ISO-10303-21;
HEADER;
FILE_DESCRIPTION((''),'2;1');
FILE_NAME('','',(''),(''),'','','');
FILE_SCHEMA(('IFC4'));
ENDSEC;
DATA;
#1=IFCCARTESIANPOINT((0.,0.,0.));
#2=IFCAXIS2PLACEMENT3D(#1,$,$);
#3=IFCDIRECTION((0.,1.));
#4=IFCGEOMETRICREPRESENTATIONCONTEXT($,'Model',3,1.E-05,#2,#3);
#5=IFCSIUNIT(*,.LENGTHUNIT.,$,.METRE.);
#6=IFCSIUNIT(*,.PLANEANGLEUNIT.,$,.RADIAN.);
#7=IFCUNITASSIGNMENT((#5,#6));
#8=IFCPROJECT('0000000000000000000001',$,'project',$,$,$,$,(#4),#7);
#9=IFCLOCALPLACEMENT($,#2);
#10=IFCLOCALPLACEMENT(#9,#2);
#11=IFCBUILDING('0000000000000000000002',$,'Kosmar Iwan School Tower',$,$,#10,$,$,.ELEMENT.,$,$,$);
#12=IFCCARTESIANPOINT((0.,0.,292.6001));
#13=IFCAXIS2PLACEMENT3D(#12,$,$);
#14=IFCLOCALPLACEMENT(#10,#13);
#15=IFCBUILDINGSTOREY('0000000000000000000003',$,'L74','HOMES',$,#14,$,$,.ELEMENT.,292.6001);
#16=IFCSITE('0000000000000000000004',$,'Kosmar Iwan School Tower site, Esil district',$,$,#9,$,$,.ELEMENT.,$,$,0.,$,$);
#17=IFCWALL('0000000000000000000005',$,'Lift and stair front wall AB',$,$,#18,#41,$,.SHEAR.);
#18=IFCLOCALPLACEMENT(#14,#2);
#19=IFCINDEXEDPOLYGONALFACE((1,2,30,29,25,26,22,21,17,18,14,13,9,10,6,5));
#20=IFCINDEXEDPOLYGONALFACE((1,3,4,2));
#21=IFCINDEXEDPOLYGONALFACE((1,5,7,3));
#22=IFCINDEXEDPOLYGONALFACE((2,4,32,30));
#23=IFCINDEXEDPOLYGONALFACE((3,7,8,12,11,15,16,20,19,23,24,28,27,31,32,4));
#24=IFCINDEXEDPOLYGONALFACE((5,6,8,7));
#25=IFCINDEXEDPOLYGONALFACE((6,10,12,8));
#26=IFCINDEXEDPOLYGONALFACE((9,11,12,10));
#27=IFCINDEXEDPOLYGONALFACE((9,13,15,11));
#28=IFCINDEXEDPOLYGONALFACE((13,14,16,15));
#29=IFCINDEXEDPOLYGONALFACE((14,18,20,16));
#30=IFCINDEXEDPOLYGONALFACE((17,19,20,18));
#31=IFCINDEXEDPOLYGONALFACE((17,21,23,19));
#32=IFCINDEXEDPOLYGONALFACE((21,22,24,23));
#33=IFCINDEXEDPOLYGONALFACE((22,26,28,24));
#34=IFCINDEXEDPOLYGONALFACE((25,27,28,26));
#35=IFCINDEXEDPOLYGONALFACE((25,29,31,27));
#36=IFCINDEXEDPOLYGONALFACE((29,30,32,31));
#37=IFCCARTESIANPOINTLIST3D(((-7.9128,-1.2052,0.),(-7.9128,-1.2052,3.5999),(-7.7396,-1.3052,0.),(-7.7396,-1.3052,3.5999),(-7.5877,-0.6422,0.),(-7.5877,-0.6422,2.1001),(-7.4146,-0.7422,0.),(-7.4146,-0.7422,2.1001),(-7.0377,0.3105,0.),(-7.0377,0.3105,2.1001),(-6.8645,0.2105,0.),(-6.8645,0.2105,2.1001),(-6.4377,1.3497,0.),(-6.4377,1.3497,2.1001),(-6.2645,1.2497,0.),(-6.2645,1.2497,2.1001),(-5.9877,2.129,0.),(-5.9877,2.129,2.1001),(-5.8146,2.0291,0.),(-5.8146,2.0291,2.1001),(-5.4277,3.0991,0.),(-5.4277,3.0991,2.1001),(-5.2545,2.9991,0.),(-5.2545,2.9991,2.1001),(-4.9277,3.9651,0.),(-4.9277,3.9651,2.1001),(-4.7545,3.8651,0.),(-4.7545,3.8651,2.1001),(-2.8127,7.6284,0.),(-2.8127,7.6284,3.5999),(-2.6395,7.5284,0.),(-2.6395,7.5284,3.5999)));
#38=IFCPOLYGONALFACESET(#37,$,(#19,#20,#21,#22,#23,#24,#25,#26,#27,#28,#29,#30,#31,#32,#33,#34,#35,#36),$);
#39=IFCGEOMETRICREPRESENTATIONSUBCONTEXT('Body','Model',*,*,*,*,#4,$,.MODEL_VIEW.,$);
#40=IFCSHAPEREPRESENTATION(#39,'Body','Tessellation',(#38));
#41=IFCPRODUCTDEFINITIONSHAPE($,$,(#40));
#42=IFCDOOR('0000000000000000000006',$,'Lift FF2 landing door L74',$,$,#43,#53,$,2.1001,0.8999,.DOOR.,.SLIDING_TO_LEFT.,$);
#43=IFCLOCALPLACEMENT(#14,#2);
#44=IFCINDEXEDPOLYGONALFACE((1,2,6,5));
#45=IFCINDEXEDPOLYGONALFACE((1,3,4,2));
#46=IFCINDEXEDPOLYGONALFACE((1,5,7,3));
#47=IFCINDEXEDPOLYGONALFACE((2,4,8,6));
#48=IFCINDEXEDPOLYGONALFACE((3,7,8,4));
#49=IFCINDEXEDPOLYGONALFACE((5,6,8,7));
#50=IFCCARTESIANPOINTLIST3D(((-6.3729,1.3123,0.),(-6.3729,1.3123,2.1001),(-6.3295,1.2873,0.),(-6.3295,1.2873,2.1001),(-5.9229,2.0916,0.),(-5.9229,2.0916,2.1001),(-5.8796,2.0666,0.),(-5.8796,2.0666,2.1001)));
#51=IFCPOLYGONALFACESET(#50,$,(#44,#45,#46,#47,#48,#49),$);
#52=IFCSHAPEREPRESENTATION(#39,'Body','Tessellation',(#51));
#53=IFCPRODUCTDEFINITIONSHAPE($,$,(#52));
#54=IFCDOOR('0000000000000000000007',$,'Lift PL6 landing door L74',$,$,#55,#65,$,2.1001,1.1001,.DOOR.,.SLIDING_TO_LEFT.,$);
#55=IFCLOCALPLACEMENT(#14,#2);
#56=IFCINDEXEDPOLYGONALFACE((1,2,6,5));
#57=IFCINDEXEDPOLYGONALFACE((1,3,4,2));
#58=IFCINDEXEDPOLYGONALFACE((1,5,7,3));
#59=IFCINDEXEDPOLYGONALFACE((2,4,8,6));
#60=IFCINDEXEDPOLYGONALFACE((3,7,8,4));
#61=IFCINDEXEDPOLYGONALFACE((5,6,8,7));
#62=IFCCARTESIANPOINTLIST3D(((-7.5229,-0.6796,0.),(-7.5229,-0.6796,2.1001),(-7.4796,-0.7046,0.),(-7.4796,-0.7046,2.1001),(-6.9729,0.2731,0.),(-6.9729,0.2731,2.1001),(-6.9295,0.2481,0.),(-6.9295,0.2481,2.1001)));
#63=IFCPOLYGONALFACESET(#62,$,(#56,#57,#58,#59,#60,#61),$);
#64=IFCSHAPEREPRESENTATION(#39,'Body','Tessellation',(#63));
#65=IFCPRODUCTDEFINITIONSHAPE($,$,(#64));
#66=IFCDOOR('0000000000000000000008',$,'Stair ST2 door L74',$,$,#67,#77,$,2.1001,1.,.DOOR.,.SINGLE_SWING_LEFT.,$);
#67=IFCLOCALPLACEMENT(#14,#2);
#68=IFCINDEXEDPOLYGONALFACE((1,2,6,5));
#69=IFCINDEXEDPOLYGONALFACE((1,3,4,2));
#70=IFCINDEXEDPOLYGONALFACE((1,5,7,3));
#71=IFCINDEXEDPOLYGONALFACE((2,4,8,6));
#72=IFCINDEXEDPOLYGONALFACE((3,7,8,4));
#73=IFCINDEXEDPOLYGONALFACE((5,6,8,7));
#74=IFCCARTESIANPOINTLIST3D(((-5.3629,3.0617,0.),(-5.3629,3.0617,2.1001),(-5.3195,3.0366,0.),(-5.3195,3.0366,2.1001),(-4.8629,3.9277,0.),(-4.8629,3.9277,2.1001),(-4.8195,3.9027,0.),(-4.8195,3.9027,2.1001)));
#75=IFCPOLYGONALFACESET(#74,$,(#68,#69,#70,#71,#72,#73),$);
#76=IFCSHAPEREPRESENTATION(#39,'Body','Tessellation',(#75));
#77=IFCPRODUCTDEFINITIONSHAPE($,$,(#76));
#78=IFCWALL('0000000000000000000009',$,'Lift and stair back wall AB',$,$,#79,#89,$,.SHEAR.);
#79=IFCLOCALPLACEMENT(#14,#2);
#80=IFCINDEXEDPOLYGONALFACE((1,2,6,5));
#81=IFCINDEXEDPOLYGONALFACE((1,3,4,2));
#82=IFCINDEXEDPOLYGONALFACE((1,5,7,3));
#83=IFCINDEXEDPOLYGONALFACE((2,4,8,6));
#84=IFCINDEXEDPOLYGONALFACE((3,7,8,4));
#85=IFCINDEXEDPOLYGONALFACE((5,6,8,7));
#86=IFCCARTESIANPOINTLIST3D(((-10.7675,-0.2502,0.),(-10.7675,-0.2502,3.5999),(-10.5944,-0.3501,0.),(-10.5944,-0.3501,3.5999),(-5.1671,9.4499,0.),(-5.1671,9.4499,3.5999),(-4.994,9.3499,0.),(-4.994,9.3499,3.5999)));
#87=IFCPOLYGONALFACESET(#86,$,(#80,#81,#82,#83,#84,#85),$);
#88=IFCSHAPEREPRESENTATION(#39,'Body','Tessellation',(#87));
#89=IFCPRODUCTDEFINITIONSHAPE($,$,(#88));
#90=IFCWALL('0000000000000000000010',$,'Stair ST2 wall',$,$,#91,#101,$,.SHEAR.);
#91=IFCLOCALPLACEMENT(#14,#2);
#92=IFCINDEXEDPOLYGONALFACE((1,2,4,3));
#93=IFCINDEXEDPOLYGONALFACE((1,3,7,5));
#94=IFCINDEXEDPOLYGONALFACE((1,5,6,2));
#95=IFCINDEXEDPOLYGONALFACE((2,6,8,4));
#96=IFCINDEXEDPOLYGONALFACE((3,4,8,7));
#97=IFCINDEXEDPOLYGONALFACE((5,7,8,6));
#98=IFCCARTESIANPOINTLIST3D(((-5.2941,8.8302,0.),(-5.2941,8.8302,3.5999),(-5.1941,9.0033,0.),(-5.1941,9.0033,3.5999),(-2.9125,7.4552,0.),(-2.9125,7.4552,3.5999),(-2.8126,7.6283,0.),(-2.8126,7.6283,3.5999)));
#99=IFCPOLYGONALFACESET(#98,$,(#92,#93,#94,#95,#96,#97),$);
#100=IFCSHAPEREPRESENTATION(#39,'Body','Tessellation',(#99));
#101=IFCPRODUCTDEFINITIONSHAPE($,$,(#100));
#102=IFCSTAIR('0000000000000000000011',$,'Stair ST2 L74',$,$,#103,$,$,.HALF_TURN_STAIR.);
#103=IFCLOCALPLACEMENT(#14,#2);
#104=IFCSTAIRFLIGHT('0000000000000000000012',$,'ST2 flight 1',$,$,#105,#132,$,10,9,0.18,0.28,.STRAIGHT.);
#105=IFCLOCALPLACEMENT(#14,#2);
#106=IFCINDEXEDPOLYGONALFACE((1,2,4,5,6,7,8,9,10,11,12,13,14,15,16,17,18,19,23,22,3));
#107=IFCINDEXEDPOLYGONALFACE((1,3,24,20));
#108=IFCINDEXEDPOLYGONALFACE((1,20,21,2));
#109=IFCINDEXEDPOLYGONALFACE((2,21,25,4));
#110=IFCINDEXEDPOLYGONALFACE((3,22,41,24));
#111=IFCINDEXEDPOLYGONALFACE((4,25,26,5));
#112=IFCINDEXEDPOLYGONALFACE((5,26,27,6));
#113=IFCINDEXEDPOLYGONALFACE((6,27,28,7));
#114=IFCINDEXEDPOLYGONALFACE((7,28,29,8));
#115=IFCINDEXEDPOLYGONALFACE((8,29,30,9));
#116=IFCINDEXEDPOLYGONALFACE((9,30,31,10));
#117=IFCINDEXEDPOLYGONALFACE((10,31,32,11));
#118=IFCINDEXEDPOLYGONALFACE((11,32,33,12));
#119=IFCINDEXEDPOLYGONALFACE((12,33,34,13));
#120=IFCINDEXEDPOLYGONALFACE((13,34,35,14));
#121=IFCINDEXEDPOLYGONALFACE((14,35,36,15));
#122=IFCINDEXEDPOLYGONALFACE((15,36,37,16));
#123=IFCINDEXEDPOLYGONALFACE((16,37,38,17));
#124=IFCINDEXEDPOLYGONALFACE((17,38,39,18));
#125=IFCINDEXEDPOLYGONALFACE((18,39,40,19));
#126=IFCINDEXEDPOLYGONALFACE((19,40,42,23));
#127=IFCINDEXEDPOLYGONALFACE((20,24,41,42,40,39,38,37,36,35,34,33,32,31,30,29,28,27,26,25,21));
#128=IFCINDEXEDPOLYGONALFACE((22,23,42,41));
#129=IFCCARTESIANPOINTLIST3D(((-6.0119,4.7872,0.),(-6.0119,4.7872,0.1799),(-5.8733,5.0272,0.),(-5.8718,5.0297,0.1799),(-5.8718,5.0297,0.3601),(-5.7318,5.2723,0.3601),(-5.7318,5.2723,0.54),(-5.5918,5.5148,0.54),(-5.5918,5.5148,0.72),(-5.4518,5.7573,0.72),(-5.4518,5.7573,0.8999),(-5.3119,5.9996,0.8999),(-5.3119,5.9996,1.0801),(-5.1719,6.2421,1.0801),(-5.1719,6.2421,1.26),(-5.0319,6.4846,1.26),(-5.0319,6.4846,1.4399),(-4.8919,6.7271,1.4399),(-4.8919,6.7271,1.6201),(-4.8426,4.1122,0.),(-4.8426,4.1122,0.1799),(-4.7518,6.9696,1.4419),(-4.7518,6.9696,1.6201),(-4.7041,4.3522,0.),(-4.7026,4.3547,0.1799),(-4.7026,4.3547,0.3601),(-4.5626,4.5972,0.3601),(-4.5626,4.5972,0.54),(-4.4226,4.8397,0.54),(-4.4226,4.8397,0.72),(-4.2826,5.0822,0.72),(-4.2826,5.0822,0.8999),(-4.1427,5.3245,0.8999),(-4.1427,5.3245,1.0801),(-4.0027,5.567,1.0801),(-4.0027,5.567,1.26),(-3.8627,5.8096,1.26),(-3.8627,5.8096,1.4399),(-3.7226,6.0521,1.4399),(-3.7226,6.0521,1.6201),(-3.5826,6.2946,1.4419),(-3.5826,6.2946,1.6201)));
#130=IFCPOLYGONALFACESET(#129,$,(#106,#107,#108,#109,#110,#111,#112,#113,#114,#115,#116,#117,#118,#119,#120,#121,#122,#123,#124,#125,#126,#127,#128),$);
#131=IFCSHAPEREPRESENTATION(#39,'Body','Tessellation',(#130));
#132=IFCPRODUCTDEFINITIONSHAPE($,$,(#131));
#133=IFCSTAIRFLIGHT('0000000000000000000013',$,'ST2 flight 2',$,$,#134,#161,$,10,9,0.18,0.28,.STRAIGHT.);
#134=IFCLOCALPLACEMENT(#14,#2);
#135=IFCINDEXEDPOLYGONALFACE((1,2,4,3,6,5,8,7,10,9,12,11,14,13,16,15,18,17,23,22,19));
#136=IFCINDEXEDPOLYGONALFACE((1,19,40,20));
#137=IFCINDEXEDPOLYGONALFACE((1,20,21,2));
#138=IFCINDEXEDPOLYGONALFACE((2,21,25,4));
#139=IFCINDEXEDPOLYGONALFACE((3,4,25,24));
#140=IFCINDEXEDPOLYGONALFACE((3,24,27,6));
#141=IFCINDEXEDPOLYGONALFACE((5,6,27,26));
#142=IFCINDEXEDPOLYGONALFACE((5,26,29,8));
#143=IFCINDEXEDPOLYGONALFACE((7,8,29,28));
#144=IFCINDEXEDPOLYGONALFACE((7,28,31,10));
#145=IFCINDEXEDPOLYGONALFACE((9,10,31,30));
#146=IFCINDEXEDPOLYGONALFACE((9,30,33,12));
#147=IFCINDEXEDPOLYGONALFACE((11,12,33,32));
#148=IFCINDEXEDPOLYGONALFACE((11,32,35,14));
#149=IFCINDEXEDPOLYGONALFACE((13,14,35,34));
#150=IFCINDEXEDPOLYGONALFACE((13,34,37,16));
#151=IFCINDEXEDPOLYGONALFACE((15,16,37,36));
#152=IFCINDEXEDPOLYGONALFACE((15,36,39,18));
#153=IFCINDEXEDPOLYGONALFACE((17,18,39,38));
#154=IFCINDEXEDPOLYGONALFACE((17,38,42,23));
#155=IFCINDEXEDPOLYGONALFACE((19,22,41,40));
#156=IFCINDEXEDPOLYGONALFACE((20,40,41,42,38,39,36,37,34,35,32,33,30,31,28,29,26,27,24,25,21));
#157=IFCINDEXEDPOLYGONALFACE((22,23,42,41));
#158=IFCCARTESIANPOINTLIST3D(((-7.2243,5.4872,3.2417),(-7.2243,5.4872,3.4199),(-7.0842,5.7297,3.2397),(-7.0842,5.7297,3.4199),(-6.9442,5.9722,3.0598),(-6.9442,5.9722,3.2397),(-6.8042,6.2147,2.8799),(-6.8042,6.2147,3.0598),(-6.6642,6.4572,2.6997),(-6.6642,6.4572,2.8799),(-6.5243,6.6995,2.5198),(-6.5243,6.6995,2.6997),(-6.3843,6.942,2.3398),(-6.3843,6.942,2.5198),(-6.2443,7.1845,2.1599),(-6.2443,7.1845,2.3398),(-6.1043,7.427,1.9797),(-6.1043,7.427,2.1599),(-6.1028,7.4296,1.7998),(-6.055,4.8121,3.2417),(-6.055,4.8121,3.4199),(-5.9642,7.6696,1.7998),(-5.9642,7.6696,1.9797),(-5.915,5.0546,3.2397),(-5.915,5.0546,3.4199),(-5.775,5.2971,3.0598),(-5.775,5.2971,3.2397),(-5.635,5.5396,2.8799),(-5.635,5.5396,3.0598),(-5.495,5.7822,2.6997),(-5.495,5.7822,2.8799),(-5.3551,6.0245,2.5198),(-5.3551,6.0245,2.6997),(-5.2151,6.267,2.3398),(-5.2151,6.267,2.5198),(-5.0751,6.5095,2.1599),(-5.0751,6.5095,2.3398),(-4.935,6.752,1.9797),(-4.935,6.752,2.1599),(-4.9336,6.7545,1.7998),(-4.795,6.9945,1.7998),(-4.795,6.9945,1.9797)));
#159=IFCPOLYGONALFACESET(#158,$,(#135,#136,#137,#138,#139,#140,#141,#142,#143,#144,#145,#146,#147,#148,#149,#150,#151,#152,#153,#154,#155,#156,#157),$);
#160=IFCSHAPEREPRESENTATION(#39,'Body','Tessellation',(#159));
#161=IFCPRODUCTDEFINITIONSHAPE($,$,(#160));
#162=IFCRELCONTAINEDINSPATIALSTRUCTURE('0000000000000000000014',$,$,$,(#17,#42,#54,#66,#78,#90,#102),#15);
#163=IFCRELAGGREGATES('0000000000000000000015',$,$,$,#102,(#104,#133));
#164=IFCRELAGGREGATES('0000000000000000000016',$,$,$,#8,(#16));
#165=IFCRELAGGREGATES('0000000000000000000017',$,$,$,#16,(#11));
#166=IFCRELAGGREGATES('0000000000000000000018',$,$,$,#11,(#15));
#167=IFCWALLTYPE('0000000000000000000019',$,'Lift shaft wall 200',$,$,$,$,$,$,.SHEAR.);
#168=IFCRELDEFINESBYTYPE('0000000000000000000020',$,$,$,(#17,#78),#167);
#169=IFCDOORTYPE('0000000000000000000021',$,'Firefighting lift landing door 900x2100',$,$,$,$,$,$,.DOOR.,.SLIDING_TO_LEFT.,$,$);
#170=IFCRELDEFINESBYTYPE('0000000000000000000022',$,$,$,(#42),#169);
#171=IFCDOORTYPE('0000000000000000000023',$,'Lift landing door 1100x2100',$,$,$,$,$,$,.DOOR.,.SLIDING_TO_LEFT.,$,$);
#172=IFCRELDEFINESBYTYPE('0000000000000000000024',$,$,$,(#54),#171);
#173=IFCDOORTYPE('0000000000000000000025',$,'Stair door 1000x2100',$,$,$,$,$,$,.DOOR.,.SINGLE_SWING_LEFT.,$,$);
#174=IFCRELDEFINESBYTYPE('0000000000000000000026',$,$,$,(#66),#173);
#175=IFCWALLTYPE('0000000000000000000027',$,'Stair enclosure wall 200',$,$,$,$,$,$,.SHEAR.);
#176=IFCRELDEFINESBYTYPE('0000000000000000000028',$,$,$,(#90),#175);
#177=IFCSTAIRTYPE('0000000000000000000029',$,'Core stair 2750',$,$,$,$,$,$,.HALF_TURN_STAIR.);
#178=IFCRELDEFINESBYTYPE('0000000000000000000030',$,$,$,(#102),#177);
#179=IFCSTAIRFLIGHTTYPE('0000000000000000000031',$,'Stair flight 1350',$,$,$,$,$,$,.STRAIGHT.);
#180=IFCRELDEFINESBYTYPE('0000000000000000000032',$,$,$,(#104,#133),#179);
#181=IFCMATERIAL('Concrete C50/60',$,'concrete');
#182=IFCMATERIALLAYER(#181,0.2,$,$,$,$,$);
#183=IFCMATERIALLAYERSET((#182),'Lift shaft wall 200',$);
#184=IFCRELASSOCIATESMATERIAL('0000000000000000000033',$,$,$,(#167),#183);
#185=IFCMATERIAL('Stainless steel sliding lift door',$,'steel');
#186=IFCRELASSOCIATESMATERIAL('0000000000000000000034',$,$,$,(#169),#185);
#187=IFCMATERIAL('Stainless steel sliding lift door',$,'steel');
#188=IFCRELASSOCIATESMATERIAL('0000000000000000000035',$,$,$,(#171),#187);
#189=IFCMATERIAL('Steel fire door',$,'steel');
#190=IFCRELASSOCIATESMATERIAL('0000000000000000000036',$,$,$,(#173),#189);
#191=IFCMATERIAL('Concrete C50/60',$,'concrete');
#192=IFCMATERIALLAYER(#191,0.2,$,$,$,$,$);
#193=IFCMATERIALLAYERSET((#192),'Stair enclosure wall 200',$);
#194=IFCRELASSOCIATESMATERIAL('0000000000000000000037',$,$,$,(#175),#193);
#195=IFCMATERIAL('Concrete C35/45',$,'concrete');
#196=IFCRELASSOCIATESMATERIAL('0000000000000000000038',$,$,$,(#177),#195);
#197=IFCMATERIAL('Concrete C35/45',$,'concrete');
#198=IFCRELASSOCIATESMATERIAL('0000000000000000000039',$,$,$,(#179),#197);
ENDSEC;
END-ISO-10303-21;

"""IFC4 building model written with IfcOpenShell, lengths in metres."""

from ifc_helpers import new_model, si_unit, direction, frame, frame_2d, origin, place, context, subcontext, project, spatial, polyline, rectangle, outline, extrude, material, layer, layer_set, type_object, element, fill, aggregate, save


model = new_model("IFC4")

# Units and contexts
model_context = context("Model", 3, precision=1e-05, world=origin(), true_north=direction((0.0, 1.0)))
body_context = subcontext(model_context, "Body", "Model", "MODEL_VIEW")
ifc_project = project(units=[si_unit("LENGTHUNIT", "METRE"), si_unit("PLANEANGLEUNIT", "RADIAN")], contexts=[model_context])

# Site, building, storey
site_placement = place(None, origin())
site = spatial("IfcSite", under=ifc_project, at=site_placement, Name="Kosmar Iwan School Tower site, Esil district", CompositionType="ELEMENT", RefElevation=0.0)
building_placement = place(site_placement, origin())
building = spatial("IfcBuilding", under=site, at=building_placement, Name="Kosmar Iwan School Tower", CompositionType="ELEMENT")
storey_placement = place(building_placement, frame((0.0, 0.0, 292.6001)))
storey = spatial("IfcBuildingStorey", under=building, at=storey_placement, Name="L74", Description="HOMES", CompositionType="ELEMENT", Elevation=292.6001)

# Wall, openings, doors
ifc_material_1 = material(Name="Concrete C50/60", Category="concrete")
ifc_layer_1 = layer(ifc_material_1, 0.2)
ifc_layer_set_1 = layer_set([ifc_layer_1], Name="Lift shaft wall 200")
wall_type_1 = type_object("IfcWallType", Name="Lift shaft wall 200", PredefinedType="SHEAR", material=ifc_layer_set_1)
wall_1_placement = place(storey_placement, frame((-2.7261, 7.5784, 0.0), z_axis=(0.0, 0.0, 1.0), x_axis=(-0.500006, -0.866022, 0.0)))
wall_1 = element("IfcWall", 1, at=wall_1_placement, inside=storey, type_object=wall_type_1, Name="Lift and stair front wall AB", PredefinedType="SHEAR", context=body_context, shape_type="SweptSolid", body=[
    extrude(rectangle(XDim=10.2002, YDim=0.2, at=frame_2d((5.1001, 0.0))), origin(), (0.0, 0.0, 1.0), 3.5999),
])
opening_1_placement = place(wall_1_placement, frame((6.3501, 0.0, 0.0)))
opening_1 = element("IfcOpeningElement", 2, at=opening_1_placement, cuts=wall_1, PredefinedType="OPENING", context=body_context, shape_type="SweptSolid", body=[
    extrude(rectangle(XDim=0.8999, YDim=2.1001, at=frame_2d((0.45, 1.05))), frame((0.0, 0.1121, 0.0), z_axis=(0.0, -1.0, 0.0), x_axis=(1.0, 0.0, 0.0)), (0.0, 0.0, 1.0), 0.2239),
])
opening_2_placement = place(wall_1_placement, frame((8.45, 0.0, 0.0)))
opening_2 = element("IfcOpeningElement", 3, at=opening_2_placement, cuts=wall_1, PredefinedType="OPENING", context=body_context, shape_type="SweptSolid", body=[
    extrude(rectangle(XDim=1.1001, YDim=2.1001, at=frame_2d((0.55, 1.05))), frame((0.0, 0.1121, 0.0), z_axis=(0.0, -1.0, 0.0), x_axis=(1.0, 0.0, 0.0)), (0.0, 0.0, 1.0), 0.2239),
])
opening_3_placement = place(wall_1_placement, frame((4.23, 0.0, 0.0)))
opening_3 = element("IfcOpeningElement", 4, at=opening_3_placement, cuts=wall_1, PredefinedType="OPENING", context=body_context, shape_type="SweptSolid", body=[
    extrude(rectangle(XDim=1.0, YDim=2.1001, at=frame_2d((0.5, 1.05))), frame((0.0, 0.1121, 0.0), z_axis=(0.0, -1.0, 0.0), x_axis=(1.0, 0.0, 0.0)), (0.0, 0.0, 1.0), 0.2239),
])
ifc_material_2 = material(Name="Stainless steel sliding lift door", Category="steel")
door_type_1 = type_object("IfcDoorType", Name="Firefighting lift landing door 900x2100", OperationType="SLIDING_TO_LEFT", PredefinedType="DOOR", material=ifc_material_2)
door_1_placement = place(opening_1_placement, origin())
door_1 = element("IfcDoor", 5, at=door_1_placement, inside=storey, type_object=door_type_1, Name="Lift FF2 landing door L74", OperationType="SLIDING_TO_LEFT", OverallHeight=2.1001, OverallWidth=0.8999, PredefinedType="DOOR", context=body_context, shape_type="SweptSolid", body=[
    extrude(rectangle(XDim=0.8999, YDim=2.1001, at=frame_2d((0.45, 1.05))), frame((0.0, 0.0249, 0.0), z_axis=(0.0, -1.0, 0.0), x_axis=(1.0, 0.0, 0.0)), (0.0, 0.0, 1.0), 0.05),
])
fill(opening_1, door_1)
ifc_material_3 = material(Name="Stainless steel sliding lift door", Category="steel")
door_type_2 = type_object("IfcDoorType", Name="Lift landing door 1100x2100", OperationType="SLIDING_TO_LEFT", PredefinedType="DOOR", material=ifc_material_3)
door_2_placement = place(opening_2_placement, origin())
door_2 = element("IfcDoor", 6, at=door_2_placement, inside=storey, type_object=door_type_2, Name="Lift PL6 landing door L74", OperationType="SLIDING_TO_LEFT", OverallHeight=2.1001, OverallWidth=1.1001, PredefinedType="DOOR", context=body_context, shape_type="SweptSolid", body=[
    extrude(rectangle(XDim=1.1001, YDim=2.1001, at=frame_2d((0.55, 1.05))), frame((0.0, 0.0249, 0.0), z_axis=(0.0, -1.0, 0.0), x_axis=(1.0, 0.0, 0.0)), (0.0, 0.0, 1.0), 0.05),
])
fill(opening_2, door_2)
ifc_material_4 = material(Name="Steel fire door", Category="steel")
door_type_3 = type_object("IfcDoorType", Name="Stair door 1000x2100", OperationType="SINGLE_SWING_LEFT", PredefinedType="DOOR", material=ifc_material_4)
door_3_placement = place(opening_3_placement, origin())
door_3 = element("IfcDoor", 7, at=door_3_placement, inside=storey, type_object=door_type_3, Name="Stair ST2 door L74", OperationType="SINGLE_SWING_LEFT", OverallHeight=2.1001, OverallWidth=1.0, PredefinedType="DOOR", context=body_context, shape_type="SweptSolid", body=[
    extrude(rectangle(XDim=1.0, YDim=2.1001, at=frame_2d((0.5, 1.05))), frame((0.0, 0.0249, 0.0), z_axis=(0.0, -1.0, 0.0), x_axis=(1.0, 0.0, 0.0)), (0.0, 0.0, 1.0), 0.05),
])
fill(opening_3, door_3)

# Walls
wall_2_placement = place(storey_placement, frame((-5.0806, 9.3999, 0.0), z_axis=(0.0, 0.0, 1.0), x_axis=(-0.500005, -0.866023, 0.0)))
element("IfcWall", 8, at=wall_2_placement, inside=storey, type_object=wall_type_1, Name="Lift and stair back wall AB", PredefinedType="SHEAR", context=body_context, shape_type="SweptSolid", body=[
    extrude(rectangle(XDim=11.2007, YDim=0.2, at=frame_2d((5.6003, 0.0))), origin(), (0.0, 0.0, 1.0), 3.5999),
])
ifc_material_5 = material(Name="Concrete C50/60", Category="concrete")
ifc_layer_2 = layer(ifc_material_5, 0.2)
ifc_layer_set_2 = layer_set([ifc_layer_2], Name="Stair enclosure wall 200")
wall_type_2 = type_object("IfcWallType", Name="Stair enclosure wall 200", PredefinedType="SHEAR", material=ifc_layer_set_2)
wall_3_placement = place(storey_placement, frame((-2.8625, 7.5417, 0.0), z_axis=(0.0, 0.0, 1.0), x_axis=(-0.866027, 0.499997, 0.0)))
element("IfcWall", 9, at=wall_3_placement, inside=storey, type_object=wall_type_2, Name="Stair ST2 wall", PredefinedType="SHEAR", context=body_context, shape_type="SweptSolid", body=[
    extrude(rectangle(XDim=2.75, YDim=0.2, at=frame_2d((1.375, 0.0))), origin(), (0.0, 0.0, 1.0), 3.5999),
])

# Stair, stair flights
ifc_material_6 = material(Name="Concrete C35/45", Category="concrete")
stair_type = type_object("IfcStairType", Name="Core stair 2750", PredefinedType="HALF_TURN_STAIR", material=ifc_material_6)
stair_placement = place(storey_placement, origin())
stair = element("IfcStair", 10, at=stair_placement, inside=storey, type_object=stair_type, Name="Stair ST2 L74", PredefinedType="HALF_TURN_STAIR")
ifc_material_7 = material(Name="Concrete C35/45", Category="concrete")
stair_flight_type = type_object("IfcStairFlightType", Name="Stair flight 1350", PredefinedType="STRAIGHT", material=ifc_material_7)
stair_flight_1_placement = place(storey_placement, frame((-5.4272, 4.4497, 0.0), z_axis=(0.0, 0.0, 1.0), x_axis=(0.5, 0.866025, 0.0)))
stair_flight_1 = element("IfcStairFlight", 11, at=stair_flight_1_placement, type_object=stair_flight_type, Name="ST2 flight 1", NumberOfRisers=10, NumberOfTreads=9, PredefinedType="STRAIGHT", RiserHeight=0.18, TreadLength=0.28, context=body_context, shape_type="SweptSolid", body=[
    extrude(outline(polyline([(0.0, 0.0), (0.0, 0.1799), (0.28, 0.1799), (0.28, 0.3601), (0.5601, 0.3601), (0.5601, 0.54), (0.8401, 0.54), (0.8401, 0.72), (1.1201, 0.72), (1.1201, 0.8999), (1.3999, 0.8999), (1.3999, 1.0801), (1.6799, 1.0801), (1.6799, 1.26), (1.96, 1.26), (1.96, 1.4399), (2.24, 1.4399), (2.24, 1.6201), (2.52, 1.6201), (2.52, 1.8), (2.52, 1.4419), (0.2771, 0.0), (0.0, 0.0)])), frame((0.0, 0.675, 0.0), z_axis=(0.0, -1.0, 0.0), x_axis=(1.0, 0.0, 0.0)), (0.0, 0.0, 1.0), 1.3501),
])
stair_flight_2_placement = place(storey_placement, frame((-5.3796, 7.332, 1.7998), z_axis=(0.0, 0.0, 1.0), x_axis=(-0.5, -0.866025, 0.0)))
stair_flight_2 = element("IfcStairFlight", 12, at=stair_flight_2_placement, type_object=stair_flight_type, Name="ST2 flight 2", NumberOfRisers=10, NumberOfTreads=9, PredefinedType="STRAIGHT", RiserHeight=0.18, TreadLength=0.28, context=body_context, shape_type="SweptSolid", body=[
    extrude(outline(polyline([(0.0, 0.0), (0.0, 0.1799), (0.28, 0.1799), (0.28, 0.3601), (0.5601, 0.3601), (0.5601, 0.54), (0.8401, 0.54), (0.8401, 0.72), (1.1201, 0.72), (1.1201, 0.8999), (1.3999, 0.8999), (1.3999, 1.0801), (1.6799, 1.0801), (1.6799, 1.26), (1.96, 1.26), (1.96, 1.4399), (2.24, 1.4399), (2.24, 1.6201), (2.52, 1.6201), (2.52, 1.8), (2.52, 1.4419), (0.2771, 0.0), (0.0, 0.0)])), frame((0.0, 0.675, 0.0), z_axis=(0.0, -1.0, 0.0), x_axis=(1.0, 0.0, 0.0)), (0.0, 0.0, 1.0), 1.3501),
])
aggregate(stair, [stair_flight_1, stair_flight_2])

save(model, "model.ifc")
